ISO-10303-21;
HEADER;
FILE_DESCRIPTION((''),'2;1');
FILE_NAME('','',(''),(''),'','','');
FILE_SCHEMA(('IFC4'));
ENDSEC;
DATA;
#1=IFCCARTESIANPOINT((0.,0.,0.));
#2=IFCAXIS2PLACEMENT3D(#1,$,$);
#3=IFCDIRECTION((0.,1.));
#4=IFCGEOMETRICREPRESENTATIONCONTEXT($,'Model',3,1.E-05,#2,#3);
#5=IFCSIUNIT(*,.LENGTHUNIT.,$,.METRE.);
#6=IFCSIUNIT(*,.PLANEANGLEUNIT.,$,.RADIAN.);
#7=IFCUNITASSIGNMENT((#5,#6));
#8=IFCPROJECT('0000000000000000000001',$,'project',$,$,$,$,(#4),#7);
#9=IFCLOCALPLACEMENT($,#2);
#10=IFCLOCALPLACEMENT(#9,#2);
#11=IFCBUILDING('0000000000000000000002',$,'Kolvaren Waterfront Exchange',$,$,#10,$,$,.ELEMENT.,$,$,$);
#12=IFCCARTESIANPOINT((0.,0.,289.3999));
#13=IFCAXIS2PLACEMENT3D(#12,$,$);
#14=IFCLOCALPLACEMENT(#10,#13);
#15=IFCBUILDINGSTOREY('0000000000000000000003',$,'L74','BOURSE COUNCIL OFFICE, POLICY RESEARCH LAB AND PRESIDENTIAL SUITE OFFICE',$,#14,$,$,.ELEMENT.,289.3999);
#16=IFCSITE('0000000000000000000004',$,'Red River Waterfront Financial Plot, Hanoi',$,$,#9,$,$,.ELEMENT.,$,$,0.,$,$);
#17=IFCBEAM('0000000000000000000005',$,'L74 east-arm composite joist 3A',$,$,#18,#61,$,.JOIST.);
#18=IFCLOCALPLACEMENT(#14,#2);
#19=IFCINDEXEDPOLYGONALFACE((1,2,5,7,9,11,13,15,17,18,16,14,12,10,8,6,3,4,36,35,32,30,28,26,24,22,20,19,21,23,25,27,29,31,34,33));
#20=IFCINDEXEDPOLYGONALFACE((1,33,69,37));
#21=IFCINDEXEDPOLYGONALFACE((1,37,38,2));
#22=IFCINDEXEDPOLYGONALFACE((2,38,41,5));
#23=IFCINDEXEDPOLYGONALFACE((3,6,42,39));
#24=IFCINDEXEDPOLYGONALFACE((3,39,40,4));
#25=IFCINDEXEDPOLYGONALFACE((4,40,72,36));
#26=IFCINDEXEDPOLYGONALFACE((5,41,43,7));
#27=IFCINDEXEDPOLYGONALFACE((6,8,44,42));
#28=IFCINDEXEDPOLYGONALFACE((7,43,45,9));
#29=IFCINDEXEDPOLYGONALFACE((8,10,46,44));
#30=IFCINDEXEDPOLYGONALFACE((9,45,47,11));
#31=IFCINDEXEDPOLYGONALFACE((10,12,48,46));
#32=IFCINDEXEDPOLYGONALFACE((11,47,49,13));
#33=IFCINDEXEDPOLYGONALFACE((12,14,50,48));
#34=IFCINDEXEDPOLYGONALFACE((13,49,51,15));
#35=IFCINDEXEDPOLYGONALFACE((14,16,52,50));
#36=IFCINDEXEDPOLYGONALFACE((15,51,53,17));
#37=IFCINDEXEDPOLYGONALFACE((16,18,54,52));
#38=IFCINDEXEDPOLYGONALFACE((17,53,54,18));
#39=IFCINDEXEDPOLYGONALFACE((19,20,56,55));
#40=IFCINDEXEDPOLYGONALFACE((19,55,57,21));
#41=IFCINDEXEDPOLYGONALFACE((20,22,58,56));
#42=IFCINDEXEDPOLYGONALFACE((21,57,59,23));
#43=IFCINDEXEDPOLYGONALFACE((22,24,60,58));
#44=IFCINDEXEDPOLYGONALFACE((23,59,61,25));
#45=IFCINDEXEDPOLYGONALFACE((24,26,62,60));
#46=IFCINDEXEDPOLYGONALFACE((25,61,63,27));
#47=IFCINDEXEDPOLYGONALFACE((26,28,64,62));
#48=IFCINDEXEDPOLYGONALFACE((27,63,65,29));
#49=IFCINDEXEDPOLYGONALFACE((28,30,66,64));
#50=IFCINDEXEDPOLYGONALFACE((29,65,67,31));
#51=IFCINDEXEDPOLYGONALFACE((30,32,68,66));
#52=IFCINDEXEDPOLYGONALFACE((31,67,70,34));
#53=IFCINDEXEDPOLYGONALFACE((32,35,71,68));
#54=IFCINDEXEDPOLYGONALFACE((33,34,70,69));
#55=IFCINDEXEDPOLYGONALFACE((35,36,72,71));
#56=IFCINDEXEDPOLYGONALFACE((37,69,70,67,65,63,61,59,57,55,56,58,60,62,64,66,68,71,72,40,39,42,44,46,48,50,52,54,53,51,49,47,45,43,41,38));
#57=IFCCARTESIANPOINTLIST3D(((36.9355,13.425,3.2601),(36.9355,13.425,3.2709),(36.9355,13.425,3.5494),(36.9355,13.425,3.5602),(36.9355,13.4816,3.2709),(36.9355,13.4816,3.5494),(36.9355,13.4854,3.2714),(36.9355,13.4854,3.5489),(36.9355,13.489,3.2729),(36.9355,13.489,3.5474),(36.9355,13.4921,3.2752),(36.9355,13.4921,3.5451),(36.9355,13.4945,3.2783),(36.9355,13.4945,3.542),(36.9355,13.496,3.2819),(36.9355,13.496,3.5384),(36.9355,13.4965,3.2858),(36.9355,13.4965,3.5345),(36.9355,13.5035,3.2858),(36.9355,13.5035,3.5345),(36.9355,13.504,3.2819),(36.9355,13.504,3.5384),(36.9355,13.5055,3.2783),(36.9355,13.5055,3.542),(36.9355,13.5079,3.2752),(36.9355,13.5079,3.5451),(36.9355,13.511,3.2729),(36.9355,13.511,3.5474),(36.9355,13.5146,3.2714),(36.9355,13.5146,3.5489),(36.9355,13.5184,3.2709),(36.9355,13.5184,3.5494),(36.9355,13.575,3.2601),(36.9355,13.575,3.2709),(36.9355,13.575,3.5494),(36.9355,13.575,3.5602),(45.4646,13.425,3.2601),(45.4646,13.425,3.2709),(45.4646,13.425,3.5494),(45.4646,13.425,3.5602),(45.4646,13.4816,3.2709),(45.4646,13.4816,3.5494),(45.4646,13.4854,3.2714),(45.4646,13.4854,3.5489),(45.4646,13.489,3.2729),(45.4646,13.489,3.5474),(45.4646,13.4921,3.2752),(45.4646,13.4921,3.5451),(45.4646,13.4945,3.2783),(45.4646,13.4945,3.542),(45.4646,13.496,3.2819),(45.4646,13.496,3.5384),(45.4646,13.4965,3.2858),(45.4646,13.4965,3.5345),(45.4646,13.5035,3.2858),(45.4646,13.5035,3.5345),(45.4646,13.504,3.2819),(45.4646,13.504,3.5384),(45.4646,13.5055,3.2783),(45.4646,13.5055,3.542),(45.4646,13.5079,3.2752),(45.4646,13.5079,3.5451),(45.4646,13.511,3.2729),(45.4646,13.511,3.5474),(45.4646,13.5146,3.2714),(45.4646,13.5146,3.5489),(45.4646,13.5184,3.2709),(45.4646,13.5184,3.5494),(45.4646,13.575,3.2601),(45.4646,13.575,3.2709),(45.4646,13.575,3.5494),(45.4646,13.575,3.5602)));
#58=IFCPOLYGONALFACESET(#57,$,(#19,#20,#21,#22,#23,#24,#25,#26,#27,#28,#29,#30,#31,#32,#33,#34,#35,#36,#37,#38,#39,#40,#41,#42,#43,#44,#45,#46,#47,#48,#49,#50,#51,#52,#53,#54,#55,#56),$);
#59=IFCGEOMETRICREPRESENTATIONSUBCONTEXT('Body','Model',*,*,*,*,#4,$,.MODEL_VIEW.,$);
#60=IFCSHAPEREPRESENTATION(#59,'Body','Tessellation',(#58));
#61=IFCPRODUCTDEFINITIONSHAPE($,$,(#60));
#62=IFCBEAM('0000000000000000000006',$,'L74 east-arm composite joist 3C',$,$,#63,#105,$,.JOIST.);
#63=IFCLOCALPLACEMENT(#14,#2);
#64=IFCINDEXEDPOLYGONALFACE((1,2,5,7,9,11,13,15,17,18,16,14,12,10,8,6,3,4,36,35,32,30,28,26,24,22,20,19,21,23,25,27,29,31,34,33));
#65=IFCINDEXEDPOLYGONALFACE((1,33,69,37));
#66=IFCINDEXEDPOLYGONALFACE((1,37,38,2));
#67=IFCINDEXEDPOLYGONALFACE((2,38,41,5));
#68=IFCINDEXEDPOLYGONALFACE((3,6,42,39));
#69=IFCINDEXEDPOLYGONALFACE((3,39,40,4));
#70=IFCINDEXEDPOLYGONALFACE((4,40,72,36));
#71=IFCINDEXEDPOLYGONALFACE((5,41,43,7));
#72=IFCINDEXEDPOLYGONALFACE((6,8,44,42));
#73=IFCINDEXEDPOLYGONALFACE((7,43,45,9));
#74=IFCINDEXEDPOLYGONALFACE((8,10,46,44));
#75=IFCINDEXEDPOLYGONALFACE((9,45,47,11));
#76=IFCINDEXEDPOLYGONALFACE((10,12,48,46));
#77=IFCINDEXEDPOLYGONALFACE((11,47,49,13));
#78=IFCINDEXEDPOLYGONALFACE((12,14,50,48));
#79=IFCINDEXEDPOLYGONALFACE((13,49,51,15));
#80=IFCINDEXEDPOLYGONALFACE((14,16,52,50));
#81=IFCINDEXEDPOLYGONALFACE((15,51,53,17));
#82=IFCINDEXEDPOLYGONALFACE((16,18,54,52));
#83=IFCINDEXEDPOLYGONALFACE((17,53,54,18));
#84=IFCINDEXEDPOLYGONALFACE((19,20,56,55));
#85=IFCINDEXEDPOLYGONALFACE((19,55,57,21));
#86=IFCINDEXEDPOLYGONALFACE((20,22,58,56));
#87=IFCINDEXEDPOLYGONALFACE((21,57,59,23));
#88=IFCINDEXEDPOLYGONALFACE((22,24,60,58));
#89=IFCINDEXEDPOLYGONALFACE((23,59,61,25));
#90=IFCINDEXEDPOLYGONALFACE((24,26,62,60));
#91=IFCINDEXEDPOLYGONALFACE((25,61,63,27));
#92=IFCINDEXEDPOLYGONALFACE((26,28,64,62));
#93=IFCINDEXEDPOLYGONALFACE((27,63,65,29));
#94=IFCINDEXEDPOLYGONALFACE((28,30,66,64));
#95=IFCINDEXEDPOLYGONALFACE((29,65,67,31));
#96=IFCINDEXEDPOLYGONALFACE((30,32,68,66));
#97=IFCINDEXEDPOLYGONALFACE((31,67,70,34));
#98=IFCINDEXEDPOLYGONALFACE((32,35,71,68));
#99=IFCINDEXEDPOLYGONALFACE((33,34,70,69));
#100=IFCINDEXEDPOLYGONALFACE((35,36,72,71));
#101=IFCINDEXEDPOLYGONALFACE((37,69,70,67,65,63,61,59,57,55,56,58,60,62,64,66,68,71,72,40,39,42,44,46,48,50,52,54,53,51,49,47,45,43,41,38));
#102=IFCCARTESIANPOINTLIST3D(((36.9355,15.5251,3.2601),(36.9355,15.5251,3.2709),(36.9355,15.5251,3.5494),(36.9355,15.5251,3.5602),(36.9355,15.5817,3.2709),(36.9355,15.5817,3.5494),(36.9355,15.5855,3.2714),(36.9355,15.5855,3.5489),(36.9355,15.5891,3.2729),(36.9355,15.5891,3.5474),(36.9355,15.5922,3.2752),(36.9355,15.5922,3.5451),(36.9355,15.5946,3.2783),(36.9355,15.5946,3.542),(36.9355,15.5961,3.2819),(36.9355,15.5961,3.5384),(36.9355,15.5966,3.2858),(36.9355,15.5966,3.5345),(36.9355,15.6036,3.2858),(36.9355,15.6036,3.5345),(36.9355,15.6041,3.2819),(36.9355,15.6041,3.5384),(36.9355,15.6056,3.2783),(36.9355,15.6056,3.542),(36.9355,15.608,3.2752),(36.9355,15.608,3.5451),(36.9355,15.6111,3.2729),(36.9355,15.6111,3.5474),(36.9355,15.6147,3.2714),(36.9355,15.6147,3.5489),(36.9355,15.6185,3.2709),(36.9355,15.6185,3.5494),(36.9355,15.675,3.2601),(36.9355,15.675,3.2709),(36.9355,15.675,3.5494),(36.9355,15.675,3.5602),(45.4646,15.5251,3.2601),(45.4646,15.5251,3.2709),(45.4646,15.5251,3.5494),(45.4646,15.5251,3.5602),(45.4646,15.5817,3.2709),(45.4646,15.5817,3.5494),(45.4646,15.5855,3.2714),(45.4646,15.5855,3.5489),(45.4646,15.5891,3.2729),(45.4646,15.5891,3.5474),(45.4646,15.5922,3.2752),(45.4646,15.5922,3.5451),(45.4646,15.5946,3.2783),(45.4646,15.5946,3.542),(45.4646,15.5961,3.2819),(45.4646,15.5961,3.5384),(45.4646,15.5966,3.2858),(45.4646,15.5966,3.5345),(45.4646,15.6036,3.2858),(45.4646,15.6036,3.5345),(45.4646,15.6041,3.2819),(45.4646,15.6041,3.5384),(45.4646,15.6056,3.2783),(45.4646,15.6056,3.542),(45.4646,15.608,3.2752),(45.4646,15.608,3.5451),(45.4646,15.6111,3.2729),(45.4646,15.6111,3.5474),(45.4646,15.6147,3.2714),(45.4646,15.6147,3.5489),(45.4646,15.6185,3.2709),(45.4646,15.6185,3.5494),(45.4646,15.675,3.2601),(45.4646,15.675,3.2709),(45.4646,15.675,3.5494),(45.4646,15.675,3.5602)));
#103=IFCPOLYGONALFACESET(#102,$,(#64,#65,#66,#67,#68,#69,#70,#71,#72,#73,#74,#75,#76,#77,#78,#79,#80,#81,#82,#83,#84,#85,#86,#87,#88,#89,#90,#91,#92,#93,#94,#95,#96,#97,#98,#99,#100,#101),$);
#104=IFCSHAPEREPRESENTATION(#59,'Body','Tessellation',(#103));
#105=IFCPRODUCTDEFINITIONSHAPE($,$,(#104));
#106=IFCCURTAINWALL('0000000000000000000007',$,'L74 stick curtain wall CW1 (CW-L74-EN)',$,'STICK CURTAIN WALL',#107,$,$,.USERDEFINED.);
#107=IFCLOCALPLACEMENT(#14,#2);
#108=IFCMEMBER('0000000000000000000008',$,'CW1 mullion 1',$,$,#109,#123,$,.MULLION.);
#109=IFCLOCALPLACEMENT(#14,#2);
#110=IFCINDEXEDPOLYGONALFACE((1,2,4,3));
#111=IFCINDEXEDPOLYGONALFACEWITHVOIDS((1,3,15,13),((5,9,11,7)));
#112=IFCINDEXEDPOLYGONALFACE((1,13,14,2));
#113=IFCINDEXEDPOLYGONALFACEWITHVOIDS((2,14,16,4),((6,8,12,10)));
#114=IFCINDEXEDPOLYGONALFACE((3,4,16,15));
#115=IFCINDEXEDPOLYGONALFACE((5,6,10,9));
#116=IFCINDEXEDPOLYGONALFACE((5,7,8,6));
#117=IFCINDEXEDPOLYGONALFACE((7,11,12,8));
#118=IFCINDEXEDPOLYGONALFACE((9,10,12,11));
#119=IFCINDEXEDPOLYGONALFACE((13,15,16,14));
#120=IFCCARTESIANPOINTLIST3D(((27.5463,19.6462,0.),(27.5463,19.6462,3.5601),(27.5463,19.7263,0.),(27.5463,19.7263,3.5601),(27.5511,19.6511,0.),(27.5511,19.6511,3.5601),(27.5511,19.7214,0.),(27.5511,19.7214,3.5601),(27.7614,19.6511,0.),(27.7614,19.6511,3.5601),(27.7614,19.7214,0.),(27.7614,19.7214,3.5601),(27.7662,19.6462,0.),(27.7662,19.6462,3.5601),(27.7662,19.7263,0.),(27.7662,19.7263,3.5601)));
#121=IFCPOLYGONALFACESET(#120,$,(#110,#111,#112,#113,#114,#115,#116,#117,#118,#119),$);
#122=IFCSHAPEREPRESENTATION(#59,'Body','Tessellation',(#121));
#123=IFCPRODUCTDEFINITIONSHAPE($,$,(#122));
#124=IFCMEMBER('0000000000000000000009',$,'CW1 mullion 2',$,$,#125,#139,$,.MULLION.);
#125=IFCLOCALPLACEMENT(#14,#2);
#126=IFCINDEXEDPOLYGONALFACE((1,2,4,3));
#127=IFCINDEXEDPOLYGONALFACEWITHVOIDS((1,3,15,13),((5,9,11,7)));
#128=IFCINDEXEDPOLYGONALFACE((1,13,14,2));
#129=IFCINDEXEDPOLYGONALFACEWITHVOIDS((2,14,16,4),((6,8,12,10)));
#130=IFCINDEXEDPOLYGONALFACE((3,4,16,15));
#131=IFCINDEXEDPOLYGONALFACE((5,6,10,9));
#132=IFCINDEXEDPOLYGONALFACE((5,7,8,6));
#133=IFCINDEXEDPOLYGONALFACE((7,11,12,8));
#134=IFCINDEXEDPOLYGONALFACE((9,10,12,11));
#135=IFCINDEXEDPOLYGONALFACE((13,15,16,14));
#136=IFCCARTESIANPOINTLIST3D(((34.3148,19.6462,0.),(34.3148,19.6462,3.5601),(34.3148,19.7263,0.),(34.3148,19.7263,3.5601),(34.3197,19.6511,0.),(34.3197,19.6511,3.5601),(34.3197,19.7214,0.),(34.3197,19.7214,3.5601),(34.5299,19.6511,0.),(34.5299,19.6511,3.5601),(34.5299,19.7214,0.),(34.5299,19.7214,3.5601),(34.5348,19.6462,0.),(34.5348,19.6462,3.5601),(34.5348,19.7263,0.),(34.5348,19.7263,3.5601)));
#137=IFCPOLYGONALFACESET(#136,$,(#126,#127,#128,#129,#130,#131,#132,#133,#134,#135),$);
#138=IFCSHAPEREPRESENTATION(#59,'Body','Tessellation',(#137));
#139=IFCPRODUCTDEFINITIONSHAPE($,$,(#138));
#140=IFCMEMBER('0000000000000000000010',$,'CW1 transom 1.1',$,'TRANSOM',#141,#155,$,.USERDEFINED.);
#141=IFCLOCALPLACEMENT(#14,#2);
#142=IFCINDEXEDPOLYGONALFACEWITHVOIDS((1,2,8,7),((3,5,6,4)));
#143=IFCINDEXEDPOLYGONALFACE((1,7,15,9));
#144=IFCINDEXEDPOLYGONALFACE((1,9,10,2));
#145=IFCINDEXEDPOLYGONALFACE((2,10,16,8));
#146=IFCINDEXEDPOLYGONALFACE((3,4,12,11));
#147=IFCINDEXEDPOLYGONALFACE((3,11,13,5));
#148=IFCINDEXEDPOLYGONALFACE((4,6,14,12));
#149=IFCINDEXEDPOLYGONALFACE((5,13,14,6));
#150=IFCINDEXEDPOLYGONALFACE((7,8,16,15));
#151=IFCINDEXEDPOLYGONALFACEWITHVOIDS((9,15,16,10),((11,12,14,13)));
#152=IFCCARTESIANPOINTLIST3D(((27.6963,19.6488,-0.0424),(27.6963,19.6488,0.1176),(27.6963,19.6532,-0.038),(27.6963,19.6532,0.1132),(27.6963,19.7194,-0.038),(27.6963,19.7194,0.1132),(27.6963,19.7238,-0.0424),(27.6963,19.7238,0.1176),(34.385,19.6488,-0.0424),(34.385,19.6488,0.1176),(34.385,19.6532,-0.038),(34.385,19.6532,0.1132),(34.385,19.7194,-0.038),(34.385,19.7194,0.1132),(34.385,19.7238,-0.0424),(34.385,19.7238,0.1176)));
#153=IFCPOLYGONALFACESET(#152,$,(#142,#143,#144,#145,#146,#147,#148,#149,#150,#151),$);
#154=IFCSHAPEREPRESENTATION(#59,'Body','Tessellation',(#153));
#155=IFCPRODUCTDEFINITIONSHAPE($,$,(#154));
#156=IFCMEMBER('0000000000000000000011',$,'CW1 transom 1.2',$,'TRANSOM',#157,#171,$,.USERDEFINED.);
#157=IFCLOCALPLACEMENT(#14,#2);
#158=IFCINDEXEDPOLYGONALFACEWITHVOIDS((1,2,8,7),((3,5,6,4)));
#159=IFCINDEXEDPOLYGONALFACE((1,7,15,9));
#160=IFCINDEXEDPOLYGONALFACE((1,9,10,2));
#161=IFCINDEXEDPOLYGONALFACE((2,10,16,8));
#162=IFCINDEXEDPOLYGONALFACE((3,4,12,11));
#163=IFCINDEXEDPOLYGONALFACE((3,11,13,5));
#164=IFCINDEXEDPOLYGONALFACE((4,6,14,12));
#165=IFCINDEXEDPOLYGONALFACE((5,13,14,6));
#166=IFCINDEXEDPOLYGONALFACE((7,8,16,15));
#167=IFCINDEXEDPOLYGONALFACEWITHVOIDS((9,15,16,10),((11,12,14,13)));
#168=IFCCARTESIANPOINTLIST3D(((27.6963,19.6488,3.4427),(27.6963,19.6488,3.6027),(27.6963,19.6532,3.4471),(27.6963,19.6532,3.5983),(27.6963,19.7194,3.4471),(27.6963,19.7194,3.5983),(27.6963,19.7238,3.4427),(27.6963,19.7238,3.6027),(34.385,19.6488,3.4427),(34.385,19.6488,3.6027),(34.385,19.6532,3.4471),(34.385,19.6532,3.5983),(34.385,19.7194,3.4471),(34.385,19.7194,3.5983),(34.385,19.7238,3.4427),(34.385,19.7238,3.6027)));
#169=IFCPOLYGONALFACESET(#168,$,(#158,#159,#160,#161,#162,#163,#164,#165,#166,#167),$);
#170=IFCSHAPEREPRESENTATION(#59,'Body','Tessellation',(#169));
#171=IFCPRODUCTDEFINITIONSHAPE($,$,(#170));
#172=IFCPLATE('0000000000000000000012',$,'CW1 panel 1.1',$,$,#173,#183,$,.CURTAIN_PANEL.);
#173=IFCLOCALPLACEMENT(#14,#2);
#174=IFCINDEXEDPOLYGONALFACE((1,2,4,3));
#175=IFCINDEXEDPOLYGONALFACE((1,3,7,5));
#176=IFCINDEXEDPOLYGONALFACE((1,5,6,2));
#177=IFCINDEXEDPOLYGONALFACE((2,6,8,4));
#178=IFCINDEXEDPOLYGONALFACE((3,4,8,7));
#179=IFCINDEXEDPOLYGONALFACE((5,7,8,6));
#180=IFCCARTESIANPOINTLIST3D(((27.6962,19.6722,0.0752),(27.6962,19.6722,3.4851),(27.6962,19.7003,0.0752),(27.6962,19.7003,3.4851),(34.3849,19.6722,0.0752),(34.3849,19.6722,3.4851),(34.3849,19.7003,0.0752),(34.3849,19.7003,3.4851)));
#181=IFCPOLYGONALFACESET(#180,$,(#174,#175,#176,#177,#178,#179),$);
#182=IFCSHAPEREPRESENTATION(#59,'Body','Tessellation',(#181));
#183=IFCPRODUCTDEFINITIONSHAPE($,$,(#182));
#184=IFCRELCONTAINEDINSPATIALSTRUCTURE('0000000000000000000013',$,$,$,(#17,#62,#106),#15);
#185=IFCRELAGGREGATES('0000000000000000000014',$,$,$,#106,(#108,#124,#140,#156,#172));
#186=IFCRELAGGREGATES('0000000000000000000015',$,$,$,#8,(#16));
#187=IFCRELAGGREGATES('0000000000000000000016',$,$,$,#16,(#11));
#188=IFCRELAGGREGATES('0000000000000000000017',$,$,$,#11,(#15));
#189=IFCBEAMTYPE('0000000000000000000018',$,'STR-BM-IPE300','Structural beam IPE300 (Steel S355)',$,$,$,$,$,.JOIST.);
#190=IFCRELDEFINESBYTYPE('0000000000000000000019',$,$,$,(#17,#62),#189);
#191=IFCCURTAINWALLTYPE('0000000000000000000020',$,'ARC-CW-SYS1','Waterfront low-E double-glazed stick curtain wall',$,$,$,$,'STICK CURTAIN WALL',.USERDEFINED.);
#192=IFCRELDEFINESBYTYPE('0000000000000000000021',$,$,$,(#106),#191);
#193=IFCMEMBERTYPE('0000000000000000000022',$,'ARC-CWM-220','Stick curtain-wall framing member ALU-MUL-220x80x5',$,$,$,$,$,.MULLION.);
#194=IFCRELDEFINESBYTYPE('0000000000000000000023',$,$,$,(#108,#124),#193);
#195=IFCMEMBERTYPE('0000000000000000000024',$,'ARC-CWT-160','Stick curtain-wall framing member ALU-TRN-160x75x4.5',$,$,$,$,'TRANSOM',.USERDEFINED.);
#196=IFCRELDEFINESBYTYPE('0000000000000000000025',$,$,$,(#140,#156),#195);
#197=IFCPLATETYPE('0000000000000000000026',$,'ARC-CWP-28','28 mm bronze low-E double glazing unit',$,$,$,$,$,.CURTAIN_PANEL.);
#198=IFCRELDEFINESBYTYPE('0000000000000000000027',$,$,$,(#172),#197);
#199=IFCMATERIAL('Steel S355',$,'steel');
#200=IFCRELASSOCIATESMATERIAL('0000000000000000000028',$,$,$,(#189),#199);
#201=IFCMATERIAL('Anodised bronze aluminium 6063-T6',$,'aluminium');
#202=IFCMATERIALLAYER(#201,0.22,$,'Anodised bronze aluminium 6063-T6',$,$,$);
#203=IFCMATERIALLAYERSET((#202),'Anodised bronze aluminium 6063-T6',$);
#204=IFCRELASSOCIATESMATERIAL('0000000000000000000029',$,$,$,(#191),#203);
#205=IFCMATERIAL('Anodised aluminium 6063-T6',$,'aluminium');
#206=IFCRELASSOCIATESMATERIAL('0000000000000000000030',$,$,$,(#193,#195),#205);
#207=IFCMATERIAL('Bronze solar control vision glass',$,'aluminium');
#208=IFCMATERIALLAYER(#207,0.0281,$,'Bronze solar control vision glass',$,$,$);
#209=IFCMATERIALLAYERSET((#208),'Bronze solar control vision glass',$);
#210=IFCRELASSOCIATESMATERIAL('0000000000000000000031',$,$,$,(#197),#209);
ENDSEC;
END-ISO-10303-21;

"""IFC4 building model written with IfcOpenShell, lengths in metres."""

from ifc_helpers import new_model, si_unit, direction, frame, origin, origin_with_axes, origin_2d, place, context, subcontext, project, spatial, rectangle, hollow_rectangle, i_section, extrude, source, transform, mapped, material, layer, layer_set, material_profile, profile_set, type_object, element, aggregate, save


model = new_model("IFC4")

# Units and contexts
model_context = context("Model", 3, precision=1e-05, world=origin(), true_north=direction((0.0, 1.0)))
body_context = subcontext(model_context, "Body", "Model", "MODEL_VIEW")
ifc_project = project(units=[si_unit("LENGTHUNIT", "METRE"), si_unit("PLANEANGLEUNIT", "RADIAN")], contexts=[model_context])

# Site, building, storey
site_placement = place(None, origin())
site = spatial("IfcSite", under=ifc_project, at=site_placement, Name="Red River Waterfront Financial Plot, Hanoi", CompositionType="ELEMENT", RefElevation=0.0)
building_placement = place(site_placement, origin())
building = spatial("IfcBuilding", under=site, at=building_placement, Name="Kolvaren Waterfront Exchange", CompositionType="ELEMENT")
storey_placement = place(building_placement, frame((0.0, 0.0, 289.3999)))
storey = spatial("IfcBuildingStorey", under=building, at=storey_placement, Name="L74", Description="BOURSE COUNCIL OFFICE, POLICY RESEARCH LAB AND PRESIDENTIAL SUITE OFFICE", CompositionType="ELEMENT", Elevation=289.3999)

# Beams
ifc_material_1 = material(Name="Steel S355", Category="steel")
ifc_material_profile_1 = material_profile(ifc_material_1, i_section(OverallWidth=0.1499, OverallDepth=0.3, WebThickness=0.0071, FlangeThickness=0.0107, FilletRadius=0.0149, at=origin_2d()), Name="IPE300")
ifc_profile_set_1 = profile_set([ifc_material_profile_1], Name="Steel S355")
beam_type_1 = type_object("IfcBeamType", Name="STR-BM-IPE300", Description="Structural beam IPE300 (Steel S355)", PredefinedType="JOIST", material=ifc_profile_set_1)
for number, where, z_axis, x_axis, name in (
    (1, (36.9355, 13.5, 3.4102), (1.0, 0.0, 0.0), (0.0, 1.0, 0.0), "L74 east-arm composite joist 3A"),
    (2, (36.9355, 15.6001, 3.4102), (1.0, 0.0, 0.0), (0.0, 1.0, 0.0), "L74 east-arm composite joist 3C"),
):
    element("IfcBeam", number, at=place(storey_placement, frame(where, z_axis=z_axis, x_axis=x_axis)), inside=storey, type_object=beam_type_1, Name=name, PredefinedType="JOIST", context=body_context, shape_type="SweptSolid", body=[
        extrude(i_section(OverallWidth=0.1499, OverallDepth=0.3, WebThickness=0.0071, FlangeThickness=0.0107, FilletRadius=0.0149, at=origin_2d()), origin(), (0.0, 0.0, 1.0), 8.5291),
    ])

# Curtain wall, members, plate
ifc_material_2 = material(Name="Anodised bronze aluminium 6063-T6", Category="aluminium")
ifc_layer_1 = layer(ifc_material_2, 0.22, Name="Anodised bronze aluminium 6063-T6")
ifc_layer_set_1 = layer_set([ifc_layer_1], Name="Anodised bronze aluminium 6063-T6")
curtain_wall_type = type_object("IfcCurtainWallType", Name="ARC-CW-SYS1", Description="Waterfront low-E double-glazed stick curtain wall", ElementType="STICK CURTAIN WALL", PredefinedType="USERDEFINED", material=ifc_layer_set_1)
curtain_wall_placement = place(storey_placement, origin())
curtain_wall = element("IfcCurtainWall", 3, at=curtain_wall_placement, inside=storey, type_object=curtain_wall_type, Name="L74 stick curtain wall CW1 (CW-L74-EN)", ObjectType="STICK CURTAIN WALL", PredefinedType="USERDEFINED")
ifc_material_3 = material(Name="Anodised aluminium 6063-T6", Category="aluminium")
ifc_material_profile_2 = material_profile(ifc_material_3, hollow_rectangle(XDim=0.0801, YDim=0.22, WallThickness=0.0049, at=origin_2d()), Name="ALU-MUL-220x80x5")
ifc_profile_set_2 = profile_set([ifc_material_profile_2], Name="Anodised aluminium 6063-T6")
member_type_1 = type_object("IfcMemberType", Name="ARC-CWM-220", Description="Stick curtain-wall framing member ALU-MUL-220x80x5", PredefinedType="MULLION", material=ifc_profile_set_2)
shared_shape_1 = source(origin_with_axes(), body_context, "Body", "SweptSolid", [
    extrude(hollow_rectangle(XDim=0.0801, YDim=0.22, WallThickness=0.0049, at=origin_2d()), origin(), (0.0, 0.0, 1.0), 3.5601),
])
member_1_placement = place(storey_placement, frame((27.6562, 19.6863, 0.0), z_axis=(0.0, 0.0, 1.0), x_axis=(0.0, 1.0, 0.0)))
member_1 = element("IfcMember", 4, at=member_1_placement, type_object=member_type_1, Name="CW1 mullion 1", PredefinedType="MULLION", context=body_context, shape_type="MappedRepresentation", body=[
    mapped(shared_shape_1, transform((0.0, 0.0, 0.0), x_axis=(1.0, 0.0, 0.0), y_axis=(0.0, 1.0, 0.0), z_axis=(0.0, 0.0, 1.0), scale=1.0)),
])
member_2_placement = place(storey_placement, frame((34.4248, 19.6863, 0.0), z_axis=(0.0, 0.0, 1.0), x_axis=(0.0, 1.0, 0.0)))
member_2 = element("IfcMember", 5, at=member_2_placement, type_object=member_type_1, Name="CW1 mullion 2", PredefinedType="MULLION", context=body_context, shape_type="MappedRepresentation", body=[
    mapped(shared_shape_1, transform((0.0, 0.0, 0.0), x_axis=(1.0, 0.0, 0.0), y_axis=(0.0, 1.0, 0.0), z_axis=(0.0, 0.0, 1.0), scale=1.0)),
])
ifc_material_profile_3 = material_profile(ifc_material_3, hollow_rectangle(XDim=0.075, YDim=0.1599, WallThickness=0.0044, at=origin_2d()), Name="ALU-TRN-160x75x4.5")
ifc_profile_set_3 = profile_set([ifc_material_profile_3], Name="Anodised aluminium 6063-T6")
member_type_2 = type_object("IfcMemberType", Name="ARC-CWT-160", Description="Stick curtain-wall framing member ALU-TRN-160x75x4.5", ElementType="TRANSOM", PredefinedType="USERDEFINED", material=ifc_profile_set_3)
shared_shape_2 = source(origin_with_axes(), body_context, "Body", "SweptSolid", [
    extrude(hollow_rectangle(XDim=0.075, YDim=0.1599, WallThickness=0.0044, at=origin_2d()), origin(), (0.0, 0.0, 1.0), 6.6887),
])
member_3_placement = place(storey_placement, frame((27.6963, 19.6863, 0.0376), z_axis=(1.0, 0.0, 0.0), x_axis=(0.0, 1.0, 0.0)))
member_3 = element("IfcMember", 6, at=member_3_placement, type_object=member_type_2, Name="CW1 transom 1.1", ObjectType="TRANSOM", PredefinedType="USERDEFINED", context=body_context, shape_type="MappedRepresentation", body=[
    mapped(shared_shape_2, transform((0.0, 0.0, 0.0), x_axis=(1.0, 0.0, 0.0), y_axis=(0.0, 1.0, 0.0), z_axis=(0.0, 0.0, 1.0), scale=1.0)),
])
member_4_placement = place(storey_placement, frame((27.6963, 19.6863, 3.5227), z_axis=(1.0, 0.0, 0.0), x_axis=(0.0, 1.0, 0.0)))
member_4 = element("IfcMember", 7, at=member_4_placement, type_object=member_type_2, Name="CW1 transom 1.2", ObjectType="TRANSOM", PredefinedType="USERDEFINED", context=body_context, shape_type="MappedRepresentation", body=[
    mapped(shared_shape_2, transform((0.0, 0.0, 0.0), x_axis=(1.0, 0.0, 0.0), y_axis=(0.0, 1.0, 0.0), z_axis=(0.0, 0.0, 1.0), scale=1.0)),
])
ifc_material_4 = material(Name="Bronze solar control vision glass", Category="aluminium")
ifc_layer_2 = layer(ifc_material_4, 0.0281, Name="Bronze solar control vision glass")
ifc_layer_set_2 = layer_set([ifc_layer_2], Name="Bronze solar control vision glass")
plate_type = type_object("IfcPlateType", Name="ARC-CWP-28", Description="28 mm bronze low-E double glazing unit", PredefinedType="CURTAIN_PANEL", material=ifc_layer_set_2)
shared_shape_3 = source(origin_with_axes(), body_context, "Body", "SweptSolid", [
    extrude(rectangle(XDim=6.6887, YDim=0.0281, at=origin_2d()), origin(), (0.0, 0.0, 1.0), 3.4099),
])
plate_placement = place(storey_placement, frame((31.0405, 19.6863, 0.0752), z_axis=(0.0, 0.0, 1.0), x_axis=(1.0, 0.0, 0.0)))
plate = element("IfcPlate", 8, at=plate_placement, type_object=plate_type, Name="CW1 panel 1.1", PredefinedType="CURTAIN_PANEL", context=body_context, shape_type="MappedRepresentation", body=[
    mapped(shared_shape_3, transform((0.0, 0.0, 0.0), x_axis=(1.0, 0.0, 0.0), y_axis=(0.0, 1.0, 0.0), z_axis=(0.0, 0.0, 1.0), scale=1.0)),
])
aggregate(curtain_wall, [member_1, member_2, member_3, member_4, plate])

save(model, "model.ifc")
